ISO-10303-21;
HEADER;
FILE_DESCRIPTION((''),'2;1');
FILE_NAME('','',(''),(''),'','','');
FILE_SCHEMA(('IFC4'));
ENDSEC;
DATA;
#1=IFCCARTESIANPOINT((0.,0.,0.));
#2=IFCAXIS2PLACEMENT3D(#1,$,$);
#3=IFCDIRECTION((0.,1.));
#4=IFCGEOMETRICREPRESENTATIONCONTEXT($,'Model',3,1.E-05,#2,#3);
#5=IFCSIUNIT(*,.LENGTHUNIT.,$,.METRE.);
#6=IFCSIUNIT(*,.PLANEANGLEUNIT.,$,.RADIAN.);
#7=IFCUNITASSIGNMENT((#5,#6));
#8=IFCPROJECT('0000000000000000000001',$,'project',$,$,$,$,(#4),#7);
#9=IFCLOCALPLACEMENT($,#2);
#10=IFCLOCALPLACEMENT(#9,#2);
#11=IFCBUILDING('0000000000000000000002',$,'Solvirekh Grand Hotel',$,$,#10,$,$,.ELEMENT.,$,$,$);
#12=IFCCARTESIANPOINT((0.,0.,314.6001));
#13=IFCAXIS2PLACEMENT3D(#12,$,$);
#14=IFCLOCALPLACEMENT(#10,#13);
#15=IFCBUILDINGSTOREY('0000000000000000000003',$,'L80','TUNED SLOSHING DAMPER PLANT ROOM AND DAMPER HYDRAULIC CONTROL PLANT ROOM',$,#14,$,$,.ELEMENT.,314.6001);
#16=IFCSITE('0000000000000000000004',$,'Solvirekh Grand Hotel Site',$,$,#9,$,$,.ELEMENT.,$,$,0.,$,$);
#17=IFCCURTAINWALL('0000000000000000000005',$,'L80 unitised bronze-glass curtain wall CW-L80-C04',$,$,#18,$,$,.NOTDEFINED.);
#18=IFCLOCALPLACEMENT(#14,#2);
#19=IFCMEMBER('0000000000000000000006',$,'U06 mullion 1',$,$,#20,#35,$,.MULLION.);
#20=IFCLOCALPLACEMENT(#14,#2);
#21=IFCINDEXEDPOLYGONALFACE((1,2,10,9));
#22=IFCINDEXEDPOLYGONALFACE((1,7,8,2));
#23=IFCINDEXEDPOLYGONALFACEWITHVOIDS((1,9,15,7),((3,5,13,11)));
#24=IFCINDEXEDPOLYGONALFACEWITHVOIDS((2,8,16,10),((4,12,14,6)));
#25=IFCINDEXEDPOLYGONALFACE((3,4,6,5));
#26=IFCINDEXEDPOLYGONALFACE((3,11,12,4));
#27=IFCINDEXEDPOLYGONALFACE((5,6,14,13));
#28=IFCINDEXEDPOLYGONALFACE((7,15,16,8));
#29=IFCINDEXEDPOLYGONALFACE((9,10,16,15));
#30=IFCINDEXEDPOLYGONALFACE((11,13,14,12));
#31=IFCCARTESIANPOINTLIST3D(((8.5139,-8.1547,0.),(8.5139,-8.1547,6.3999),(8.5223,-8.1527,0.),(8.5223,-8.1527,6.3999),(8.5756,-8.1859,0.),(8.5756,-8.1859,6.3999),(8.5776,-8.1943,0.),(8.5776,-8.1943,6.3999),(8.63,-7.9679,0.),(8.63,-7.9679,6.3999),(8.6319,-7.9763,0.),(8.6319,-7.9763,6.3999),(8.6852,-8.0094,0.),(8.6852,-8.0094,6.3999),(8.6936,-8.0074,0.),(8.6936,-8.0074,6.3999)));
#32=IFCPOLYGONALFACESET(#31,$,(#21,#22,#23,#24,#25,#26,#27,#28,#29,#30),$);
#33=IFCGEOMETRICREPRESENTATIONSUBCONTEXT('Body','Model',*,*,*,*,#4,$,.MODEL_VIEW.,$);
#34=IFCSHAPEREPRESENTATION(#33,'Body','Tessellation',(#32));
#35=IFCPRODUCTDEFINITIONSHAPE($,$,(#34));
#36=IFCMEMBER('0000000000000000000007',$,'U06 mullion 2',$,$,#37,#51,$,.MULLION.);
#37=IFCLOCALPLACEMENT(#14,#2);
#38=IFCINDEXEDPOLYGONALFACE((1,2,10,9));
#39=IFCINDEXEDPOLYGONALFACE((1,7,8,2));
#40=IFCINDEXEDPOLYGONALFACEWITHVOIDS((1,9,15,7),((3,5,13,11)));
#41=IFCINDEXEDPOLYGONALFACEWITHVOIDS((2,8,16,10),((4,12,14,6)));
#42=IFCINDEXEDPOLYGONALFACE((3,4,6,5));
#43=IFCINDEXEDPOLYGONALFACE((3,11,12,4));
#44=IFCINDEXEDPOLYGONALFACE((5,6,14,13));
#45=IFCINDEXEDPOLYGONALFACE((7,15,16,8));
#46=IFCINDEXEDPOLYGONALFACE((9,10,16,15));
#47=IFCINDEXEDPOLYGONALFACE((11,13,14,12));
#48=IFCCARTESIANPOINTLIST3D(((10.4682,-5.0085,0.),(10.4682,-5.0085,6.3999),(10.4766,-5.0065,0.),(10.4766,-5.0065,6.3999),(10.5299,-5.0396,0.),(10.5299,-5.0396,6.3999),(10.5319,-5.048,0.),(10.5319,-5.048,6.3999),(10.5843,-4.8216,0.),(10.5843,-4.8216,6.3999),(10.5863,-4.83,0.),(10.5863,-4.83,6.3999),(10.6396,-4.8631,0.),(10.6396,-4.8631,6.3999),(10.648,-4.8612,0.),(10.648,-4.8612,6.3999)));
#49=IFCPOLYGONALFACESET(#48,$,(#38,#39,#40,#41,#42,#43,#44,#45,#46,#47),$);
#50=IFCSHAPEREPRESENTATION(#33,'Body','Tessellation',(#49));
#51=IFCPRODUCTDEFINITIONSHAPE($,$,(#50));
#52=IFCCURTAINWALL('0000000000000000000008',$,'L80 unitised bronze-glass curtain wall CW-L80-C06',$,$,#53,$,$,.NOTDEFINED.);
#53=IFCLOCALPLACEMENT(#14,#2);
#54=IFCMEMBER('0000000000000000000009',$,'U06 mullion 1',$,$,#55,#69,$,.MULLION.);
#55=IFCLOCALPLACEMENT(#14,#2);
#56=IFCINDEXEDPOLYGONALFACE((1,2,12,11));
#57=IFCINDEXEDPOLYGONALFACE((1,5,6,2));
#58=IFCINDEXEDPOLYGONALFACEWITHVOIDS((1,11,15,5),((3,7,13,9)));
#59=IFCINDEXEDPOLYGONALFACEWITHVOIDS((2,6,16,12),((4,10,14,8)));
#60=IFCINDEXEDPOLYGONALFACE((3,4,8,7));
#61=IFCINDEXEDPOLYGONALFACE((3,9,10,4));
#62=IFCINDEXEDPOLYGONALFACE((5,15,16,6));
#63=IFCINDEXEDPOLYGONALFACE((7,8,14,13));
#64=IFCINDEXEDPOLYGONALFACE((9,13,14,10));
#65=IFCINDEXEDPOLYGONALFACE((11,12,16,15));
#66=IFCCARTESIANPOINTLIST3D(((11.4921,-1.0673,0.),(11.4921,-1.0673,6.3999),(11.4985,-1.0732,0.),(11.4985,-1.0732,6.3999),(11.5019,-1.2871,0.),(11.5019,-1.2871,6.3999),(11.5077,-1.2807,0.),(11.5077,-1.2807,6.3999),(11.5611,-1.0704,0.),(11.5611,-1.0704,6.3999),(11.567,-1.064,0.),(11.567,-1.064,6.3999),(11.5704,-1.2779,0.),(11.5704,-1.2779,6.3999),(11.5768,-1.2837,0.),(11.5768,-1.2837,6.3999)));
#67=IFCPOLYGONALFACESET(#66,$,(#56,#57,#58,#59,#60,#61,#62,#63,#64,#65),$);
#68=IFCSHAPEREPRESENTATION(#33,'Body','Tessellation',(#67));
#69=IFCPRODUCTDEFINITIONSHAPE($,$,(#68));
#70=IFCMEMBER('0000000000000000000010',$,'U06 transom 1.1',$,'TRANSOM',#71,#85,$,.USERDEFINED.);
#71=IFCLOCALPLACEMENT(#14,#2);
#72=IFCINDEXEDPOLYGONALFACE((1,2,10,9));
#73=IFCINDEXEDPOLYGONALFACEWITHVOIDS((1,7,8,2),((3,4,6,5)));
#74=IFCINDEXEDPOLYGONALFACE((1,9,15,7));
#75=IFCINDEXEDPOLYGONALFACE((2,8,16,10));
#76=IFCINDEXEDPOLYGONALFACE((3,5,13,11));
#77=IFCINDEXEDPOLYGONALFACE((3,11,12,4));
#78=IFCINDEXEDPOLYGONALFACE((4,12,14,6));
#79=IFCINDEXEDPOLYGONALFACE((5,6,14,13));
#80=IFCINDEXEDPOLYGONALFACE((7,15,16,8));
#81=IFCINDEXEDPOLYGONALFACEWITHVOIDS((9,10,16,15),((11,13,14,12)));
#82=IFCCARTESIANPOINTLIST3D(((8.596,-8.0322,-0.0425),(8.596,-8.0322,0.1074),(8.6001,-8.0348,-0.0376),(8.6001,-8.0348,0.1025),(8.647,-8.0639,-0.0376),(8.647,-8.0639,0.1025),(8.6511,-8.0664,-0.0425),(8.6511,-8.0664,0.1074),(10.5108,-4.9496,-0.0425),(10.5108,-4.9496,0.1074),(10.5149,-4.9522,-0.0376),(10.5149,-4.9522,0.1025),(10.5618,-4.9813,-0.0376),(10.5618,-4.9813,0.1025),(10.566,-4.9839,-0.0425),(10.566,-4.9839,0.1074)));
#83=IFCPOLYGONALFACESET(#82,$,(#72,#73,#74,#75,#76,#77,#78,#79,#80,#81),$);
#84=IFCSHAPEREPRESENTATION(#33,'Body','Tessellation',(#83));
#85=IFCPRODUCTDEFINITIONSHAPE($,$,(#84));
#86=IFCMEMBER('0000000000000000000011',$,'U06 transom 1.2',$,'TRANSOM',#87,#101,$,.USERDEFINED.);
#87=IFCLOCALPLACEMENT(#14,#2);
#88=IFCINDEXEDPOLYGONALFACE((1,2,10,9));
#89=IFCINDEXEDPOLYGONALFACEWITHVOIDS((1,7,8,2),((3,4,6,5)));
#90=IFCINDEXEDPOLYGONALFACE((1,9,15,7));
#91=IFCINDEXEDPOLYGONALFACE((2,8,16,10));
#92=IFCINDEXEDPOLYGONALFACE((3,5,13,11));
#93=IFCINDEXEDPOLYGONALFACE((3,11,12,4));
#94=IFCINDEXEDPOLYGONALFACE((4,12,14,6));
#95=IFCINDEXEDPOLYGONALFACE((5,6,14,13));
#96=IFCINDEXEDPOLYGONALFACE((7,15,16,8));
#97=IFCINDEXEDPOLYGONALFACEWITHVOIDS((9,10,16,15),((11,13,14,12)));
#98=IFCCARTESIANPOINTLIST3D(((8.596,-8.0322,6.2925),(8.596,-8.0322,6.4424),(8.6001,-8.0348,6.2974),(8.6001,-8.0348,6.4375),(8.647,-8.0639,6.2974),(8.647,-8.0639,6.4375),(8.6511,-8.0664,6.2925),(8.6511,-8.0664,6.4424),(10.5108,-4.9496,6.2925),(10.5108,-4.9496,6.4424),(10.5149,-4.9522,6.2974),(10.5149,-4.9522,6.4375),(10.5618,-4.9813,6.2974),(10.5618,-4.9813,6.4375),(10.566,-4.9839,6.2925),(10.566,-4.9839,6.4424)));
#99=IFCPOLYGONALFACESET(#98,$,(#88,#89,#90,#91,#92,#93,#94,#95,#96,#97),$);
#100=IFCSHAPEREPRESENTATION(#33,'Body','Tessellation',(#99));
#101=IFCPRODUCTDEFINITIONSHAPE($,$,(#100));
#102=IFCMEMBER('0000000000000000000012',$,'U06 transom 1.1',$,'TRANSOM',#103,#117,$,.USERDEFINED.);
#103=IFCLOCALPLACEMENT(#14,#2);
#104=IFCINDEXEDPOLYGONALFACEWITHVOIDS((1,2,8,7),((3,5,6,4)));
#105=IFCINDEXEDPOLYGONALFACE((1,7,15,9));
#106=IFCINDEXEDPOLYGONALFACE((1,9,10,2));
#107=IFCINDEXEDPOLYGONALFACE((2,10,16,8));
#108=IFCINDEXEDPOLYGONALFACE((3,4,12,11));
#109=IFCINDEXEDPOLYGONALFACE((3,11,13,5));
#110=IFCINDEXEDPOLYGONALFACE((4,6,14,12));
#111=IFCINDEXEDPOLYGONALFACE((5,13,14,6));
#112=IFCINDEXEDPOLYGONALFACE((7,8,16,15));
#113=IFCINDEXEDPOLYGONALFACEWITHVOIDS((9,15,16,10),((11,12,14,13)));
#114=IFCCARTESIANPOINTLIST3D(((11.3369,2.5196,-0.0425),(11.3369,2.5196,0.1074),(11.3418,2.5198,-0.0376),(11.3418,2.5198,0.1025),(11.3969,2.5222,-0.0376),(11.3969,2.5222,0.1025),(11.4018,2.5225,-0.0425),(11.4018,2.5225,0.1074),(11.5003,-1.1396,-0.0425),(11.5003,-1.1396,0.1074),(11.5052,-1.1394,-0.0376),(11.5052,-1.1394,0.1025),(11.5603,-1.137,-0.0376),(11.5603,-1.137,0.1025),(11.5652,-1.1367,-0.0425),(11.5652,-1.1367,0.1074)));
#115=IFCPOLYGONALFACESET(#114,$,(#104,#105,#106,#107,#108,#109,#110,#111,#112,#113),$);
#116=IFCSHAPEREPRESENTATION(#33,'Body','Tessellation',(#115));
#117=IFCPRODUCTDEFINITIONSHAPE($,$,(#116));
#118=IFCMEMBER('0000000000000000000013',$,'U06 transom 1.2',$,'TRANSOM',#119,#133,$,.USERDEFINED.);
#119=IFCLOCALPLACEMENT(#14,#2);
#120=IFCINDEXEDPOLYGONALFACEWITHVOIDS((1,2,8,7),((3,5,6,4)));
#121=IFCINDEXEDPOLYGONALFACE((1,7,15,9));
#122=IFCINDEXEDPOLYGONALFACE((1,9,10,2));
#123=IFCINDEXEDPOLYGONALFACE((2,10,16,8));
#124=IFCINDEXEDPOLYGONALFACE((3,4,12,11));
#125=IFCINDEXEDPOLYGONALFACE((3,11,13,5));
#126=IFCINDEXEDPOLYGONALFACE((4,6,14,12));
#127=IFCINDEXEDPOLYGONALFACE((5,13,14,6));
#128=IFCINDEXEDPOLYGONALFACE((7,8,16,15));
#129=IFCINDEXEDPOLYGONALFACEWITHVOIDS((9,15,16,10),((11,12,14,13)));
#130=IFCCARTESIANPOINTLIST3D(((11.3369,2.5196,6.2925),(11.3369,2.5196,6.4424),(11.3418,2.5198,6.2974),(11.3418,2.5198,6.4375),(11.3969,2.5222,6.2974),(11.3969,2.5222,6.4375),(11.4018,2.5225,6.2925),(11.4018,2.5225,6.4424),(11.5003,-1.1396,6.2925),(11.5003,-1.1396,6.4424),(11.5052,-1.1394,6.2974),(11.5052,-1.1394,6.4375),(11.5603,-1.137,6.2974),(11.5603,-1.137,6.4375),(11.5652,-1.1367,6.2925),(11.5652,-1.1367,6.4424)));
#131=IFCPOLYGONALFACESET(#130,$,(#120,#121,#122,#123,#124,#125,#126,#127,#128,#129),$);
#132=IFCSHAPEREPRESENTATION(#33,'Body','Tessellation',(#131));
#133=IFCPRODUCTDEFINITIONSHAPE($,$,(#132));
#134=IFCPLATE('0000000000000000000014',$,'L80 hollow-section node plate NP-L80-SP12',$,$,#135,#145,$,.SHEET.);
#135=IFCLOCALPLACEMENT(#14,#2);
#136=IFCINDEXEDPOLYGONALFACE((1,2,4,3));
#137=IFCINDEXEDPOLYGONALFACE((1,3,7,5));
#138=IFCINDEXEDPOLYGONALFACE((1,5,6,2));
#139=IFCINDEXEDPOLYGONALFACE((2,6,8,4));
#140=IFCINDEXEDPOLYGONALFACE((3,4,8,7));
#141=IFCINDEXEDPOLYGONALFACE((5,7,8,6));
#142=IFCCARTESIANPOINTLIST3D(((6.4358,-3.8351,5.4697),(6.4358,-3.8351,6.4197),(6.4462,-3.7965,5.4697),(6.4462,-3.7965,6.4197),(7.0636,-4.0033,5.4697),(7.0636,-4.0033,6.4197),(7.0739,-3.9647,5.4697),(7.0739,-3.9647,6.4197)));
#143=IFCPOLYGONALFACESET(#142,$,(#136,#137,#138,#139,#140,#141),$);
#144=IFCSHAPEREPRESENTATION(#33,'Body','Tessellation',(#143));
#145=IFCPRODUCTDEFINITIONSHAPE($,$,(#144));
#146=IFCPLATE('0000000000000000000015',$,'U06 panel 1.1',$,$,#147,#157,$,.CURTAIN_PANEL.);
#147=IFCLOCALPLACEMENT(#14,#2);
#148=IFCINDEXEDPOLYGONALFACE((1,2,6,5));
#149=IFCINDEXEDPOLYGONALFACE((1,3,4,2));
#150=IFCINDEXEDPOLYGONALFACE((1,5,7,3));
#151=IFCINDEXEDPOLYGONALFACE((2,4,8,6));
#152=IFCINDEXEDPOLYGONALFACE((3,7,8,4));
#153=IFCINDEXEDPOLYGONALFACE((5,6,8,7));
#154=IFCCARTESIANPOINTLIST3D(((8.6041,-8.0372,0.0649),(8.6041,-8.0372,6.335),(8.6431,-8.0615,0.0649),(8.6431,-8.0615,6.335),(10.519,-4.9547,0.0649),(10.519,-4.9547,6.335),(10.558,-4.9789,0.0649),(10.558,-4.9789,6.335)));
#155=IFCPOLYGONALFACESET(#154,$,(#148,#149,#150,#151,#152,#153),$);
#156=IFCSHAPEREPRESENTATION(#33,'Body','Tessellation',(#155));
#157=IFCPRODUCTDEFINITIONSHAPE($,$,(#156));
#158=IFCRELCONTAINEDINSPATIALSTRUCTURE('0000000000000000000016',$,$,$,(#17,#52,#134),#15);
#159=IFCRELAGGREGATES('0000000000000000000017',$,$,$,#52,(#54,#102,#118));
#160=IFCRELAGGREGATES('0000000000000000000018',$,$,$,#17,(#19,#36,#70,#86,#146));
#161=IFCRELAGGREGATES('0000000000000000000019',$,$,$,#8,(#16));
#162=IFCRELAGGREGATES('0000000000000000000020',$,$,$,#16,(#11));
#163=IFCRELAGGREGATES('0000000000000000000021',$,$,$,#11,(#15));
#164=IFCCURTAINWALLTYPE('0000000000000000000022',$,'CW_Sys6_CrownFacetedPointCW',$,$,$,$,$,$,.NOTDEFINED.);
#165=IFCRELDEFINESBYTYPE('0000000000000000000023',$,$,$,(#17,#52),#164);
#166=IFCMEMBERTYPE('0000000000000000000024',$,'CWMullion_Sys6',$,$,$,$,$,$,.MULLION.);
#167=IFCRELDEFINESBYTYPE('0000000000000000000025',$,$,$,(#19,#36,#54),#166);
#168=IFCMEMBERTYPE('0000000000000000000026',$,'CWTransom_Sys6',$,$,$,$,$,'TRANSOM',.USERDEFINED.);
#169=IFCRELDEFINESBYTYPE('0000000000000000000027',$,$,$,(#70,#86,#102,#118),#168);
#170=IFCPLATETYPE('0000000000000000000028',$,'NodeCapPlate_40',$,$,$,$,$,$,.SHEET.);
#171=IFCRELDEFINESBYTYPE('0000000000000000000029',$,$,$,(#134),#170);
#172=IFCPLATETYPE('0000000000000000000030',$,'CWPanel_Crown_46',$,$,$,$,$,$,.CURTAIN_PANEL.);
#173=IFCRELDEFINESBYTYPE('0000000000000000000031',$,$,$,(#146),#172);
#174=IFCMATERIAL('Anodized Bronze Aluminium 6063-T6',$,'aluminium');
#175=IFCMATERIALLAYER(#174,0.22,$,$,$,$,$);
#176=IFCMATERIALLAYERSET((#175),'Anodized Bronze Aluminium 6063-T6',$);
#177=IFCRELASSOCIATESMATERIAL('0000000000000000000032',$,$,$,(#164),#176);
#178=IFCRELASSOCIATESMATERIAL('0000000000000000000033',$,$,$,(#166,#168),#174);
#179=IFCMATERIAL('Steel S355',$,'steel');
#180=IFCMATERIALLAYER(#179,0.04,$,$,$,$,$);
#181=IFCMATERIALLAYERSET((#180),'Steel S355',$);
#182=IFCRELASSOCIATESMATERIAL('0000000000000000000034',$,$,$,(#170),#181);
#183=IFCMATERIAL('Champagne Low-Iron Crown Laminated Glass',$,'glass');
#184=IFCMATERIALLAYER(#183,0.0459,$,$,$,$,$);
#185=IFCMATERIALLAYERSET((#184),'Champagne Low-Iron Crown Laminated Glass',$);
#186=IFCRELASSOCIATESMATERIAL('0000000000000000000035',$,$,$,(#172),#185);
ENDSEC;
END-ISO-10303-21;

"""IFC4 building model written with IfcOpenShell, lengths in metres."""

from ifc_helpers import new_model, si_unit, direction, frame, origin, origin_2d, place, context, subcontext, project, spatial, rectangle, hollow_rectangle, extrude, source, transform, mapped, material, layer, layer_set, material_profile, profile_set, type_object, element, aggregate, save


model = new_model("IFC4")

# Units and contexts
model_context = context("Model", 3, precision=1e-05, world=origin(), true_north=direction((0.0, 1.0)))
body_context = subcontext(model_context, "Body", "Model", "MODEL_VIEW")
ifc_project = project(units=[si_unit("LENGTHUNIT", "METRE"), si_unit("PLANEANGLEUNIT", "RADIAN")], contexts=[model_context])

# Site, building, storey
site_placement = place(None, origin())
site = spatial("IfcSite", under=ifc_project, at=site_placement, Name="Solvirekh Grand Hotel Site", CompositionType="ELEMENT", RefElevation=0.0)
building_placement = place(site_placement, origin())
building = spatial("IfcBuilding", under=site, at=building_placement, Name="Solvirekh Grand Hotel", CompositionType="ELEMENT")
storey_placement = place(building_placement, frame((0.0, 0.0, 314.6001)))
storey = spatial("IfcBuildingStorey", under=building, at=storey_placement, Name="L80", Description="TUNED SLOSHING DAMPER PLANT ROOM AND DAMPER HYDRAULIC CONTROL PLANT ROOM", CompositionType="ELEMENT", Elevation=314.6001)

# Shared definitions
ifc_material_1 = material(Name="Steel S355", Category="steel")

# Shared definitions
ifc_material_2 = material(Name="Anodized Bronze Aluminium 6063-T6", Category="aluminium")
ifc_layer_1 = layer(ifc_material_2, 0.22)
ifc_layer_set_1 = layer_set([ifc_layer_1], Name="Anodized Bronze Aluminium 6063-T6")
curtain_wall_type = type_object("IfcCurtainWallType", Name="CW_Sys6_CrownFacetedPointCW", PredefinedType="NOTDEFINED", material=ifc_layer_set_1)
ifc_material_profile_1 = material_profile(ifc_material_2, hollow_rectangle(XDim=0.075, YDim=0.22, WallThickness=0.0061, at=origin_2d()), Name="ALU RHS 220X75X6")
ifc_profile_set_1 = profile_set([ifc_material_profile_1], Name="Anodized Bronze Aluminium 6063-T6")
member_type_1 = type_object("IfcMemberType", Name="CWMullion_Sys6", PredefinedType="MULLION", material=ifc_profile_set_1)
shared_shape_1 = source(origin(), body_context, "Body", "SweptSolid", [
    extrude(hollow_rectangle(XDim=0.075, YDim=0.22, WallThickness=0.0061, at=origin_2d()), origin(), (0.0, 0.0, 1.0), 6.3999),
])

# Curtain wall, members
curtain_wall_1_placement = place(storey_placement, origin())
curtain_wall_1 = element("IfcCurtainWall", 1, at=curtain_wall_1_placement, inside=storey, type_object=curtain_wall_type, Name="L80 unitised bronze-glass curtain wall CW-L80-C04", PredefinedType="NOTDEFINED")
member_1_placement = place(storey_placement, frame((8.6038, -8.0811, 0.0), z_axis=(0.0, 0.0, 1.0), x_axis=(-0.849452, 0.527666, 0.0)))
member_1 = element("IfcMember", 2, at=member_1_placement, type_object=member_type_1, Name="U06 mullion 1", PredefinedType="MULLION", context=body_context, shape_type="MappedRepresentation", body=[
    mapped(shared_shape_1, transform((0.0, 0.0, 0.0), x_axis=(1.0, 0.0, 0.0), y_axis=(0.0, 1.0, 0.0), z_axis=(0.0, 0.0, 1.0), scale=1.0)),
])
member_2_placement = place(storey_placement, frame((10.5581, -4.9348, 0.0), z_axis=(0.0, 0.0, 1.0), x_axis=(-0.849452, 0.527666, 0.0)))
member_2 = element("IfcMember", 3, at=member_2_placement, type_object=member_type_1, Name="U06 mullion 2", PredefinedType="MULLION", context=body_context, shape_type="MappedRepresentation", body=[
    mapped(shared_shape_1, transform((0.0, 0.0, 0.0), x_axis=(1.0, 0.0, 0.0), y_axis=(0.0, 1.0, 0.0), z_axis=(0.0, 0.0, 1.0), scale=1.0)),
])

# Curtain wall, member
curtain_wall_2_placement = place(storey_placement, origin())
curtain_wall_2 = element("IfcCurtainWall", 4, at=curtain_wall_2_placement, inside=storey, type_object=curtain_wall_type, Name="L80 unitised bronze-glass curtain wall CW-L80-C06", PredefinedType="NOTDEFINED")
member_3_placement = place(storey_placement, frame((11.5344, -1.1755, 0.0), z_axis=(0.0, 0.0, 1.0), x_axis=(-0.999006, -0.044587, 0.0)))
member_3 = element("IfcMember", 5, at=member_3_placement, type_object=member_type_1, Name="U06 mullion 1", PredefinedType="MULLION", context=body_context, shape_type="MappedRepresentation", body=[
    mapped(shared_shape_1, transform((0.0, 0.0, 0.0), x_axis=(1.0, 0.0, 0.0), y_axis=(0.0, 1.0, 0.0), z_axis=(0.0, 0.0, 1.0), scale=1.0)),
])

# Members
ifc_material_profile_2 = material_profile(ifc_material_2, hollow_rectangle(XDim=0.0649, YDim=0.1499, WallThickness=0.0049, at=origin_2d()), Name="ALU RHS 150X65X5")
ifc_profile_set_2 = profile_set([ifc_material_profile_2], Name="Anodized Bronze Aluminium 6063-T6")
member_type_2 = type_object("IfcMemberType", Name="CWTransom_Sys6", ElementType="TRANSOM", PredefinedType="USERDEFINED", material=ifc_profile_set_2)
shared_shape_2 = source(origin(), body_context, "Body", "SweptSolid", [
    extrude(hollow_rectangle(XDim=0.0649, YDim=0.1499, WallThickness=0.0049, at=origin_2d()), origin(), (0.0, 0.0, 1.0), 3.6289),
])
member_4_placement = place(storey_placement, frame((8.6235, -8.0493, 0.0325), z_axis=(0.527663, 0.849454, 0.0), x_axis=(-0.849454, 0.527663, 0.0)))
member_4 = element("IfcMember", 6, at=member_4_placement, type_object=member_type_2, Name="U06 transom 1.1", ObjectType="TRANSOM", PredefinedType="USERDEFINED", context=body_context, shape_type="MappedRepresentation", body=[
    mapped(shared_shape_2, transform((0.0, 0.0, 0.0), x_axis=(1.0, 0.0, 0.0), y_axis=(0.0, 1.0, 0.0), z_axis=(0.0, 0.0, 1.0), scale=1.0)),
])
member_5_placement = place(storey_placement, frame((8.6235, -8.0493, 6.3674), z_axis=(0.527663, 0.849454, 0.0), x_axis=(-0.849454, 0.527663, 0.0)))
member_5 = element("IfcMember", 7, at=member_5_placement, type_object=member_type_2, Name="U06 transom 1.2", ObjectType="TRANSOM", PredefinedType="USERDEFINED", context=body_context, shape_type="MappedRepresentation", body=[
    mapped(shared_shape_2, transform((0.0, 0.0, 0.0), x_axis=(1.0, 0.0, 0.0), y_axis=(0.0, 1.0, 0.0), z_axis=(0.0, 0.0, 1.0), scale=1.0)),
])
shared_shape_3 = source(origin(), body_context, "Body", "SweptSolid", [
    extrude(hollow_rectangle(XDim=0.0649, YDim=0.1499, WallThickness=0.0049, at=origin_2d()), origin(), (0.0, 0.0, 1.0), 3.6628),
])
member_6_placement = place(storey_placement, frame((11.5327, -1.1382, 0.0325), z_axis=(-0.044591, 0.999005, 0.0), x_axis=(-0.999005, -0.044591, 0.0)))
member_6 = element("IfcMember", 8, at=member_6_placement, type_object=member_type_2, Name="U06 transom 1.1", ObjectType="TRANSOM", PredefinedType="USERDEFINED", context=body_context, shape_type="MappedRepresentation", body=[
    mapped(shared_shape_3, transform((0.0, 0.0, 0.0), x_axis=(1.0, 0.0, 0.0), y_axis=(0.0, 1.0, 0.0), z_axis=(0.0, 0.0, 1.0), scale=1.0)),
])
member_7_placement = place(storey_placement, frame((11.5327, -1.1382, 6.3674), z_axis=(-0.044591, 0.999005, 0.0), x_axis=(-0.999005, -0.044591, 0.0)))
member_7 = element("IfcMember", 9, at=member_7_placement, type_object=member_type_2, Name="U06 transom 1.2", ObjectType="TRANSOM", PredefinedType="USERDEFINED", context=body_context, shape_type="MappedRepresentation", body=[
    mapped(shared_shape_3, transform((0.0, 0.0, 0.0), x_axis=(1.0, 0.0, 0.0), y_axis=(0.0, 1.0, 0.0), z_axis=(0.0, 0.0, 1.0), scale=1.0)),
])
aggregate(curtain_wall_2, [member_3, member_6, member_7])

# Plates
ifc_layer_2 = layer(ifc_material_1, 0.04)
ifc_layer_set_2 = layer_set([ifc_layer_2], Name="Steel S355")
plate_type_1 = type_object("IfcPlateType", Name="NodeCapPlate_40", PredefinedType="SHEET", material=ifc_layer_set_2)
plate_1_placement = place(storey_placement, frame((6.7549, -3.8999, 5.4697), z_axis=(0.0, 0.0, 1.0), x_axis=(0.258819, 0.965926, 0.0)))
element("IfcPlate", 10, at=plate_1_placement, inside=storey, type_object=plate_type_1, Name="L80 hollow-section node plate NP-L80-SP12", PredefinedType="SHEET", context=body_context, shape_type="SweptSolid", body=[
    extrude(rectangle(XDim=0.04, YDim=0.6499, at=origin_2d()), origin(), (0.0, 0.0, 1.0), 0.95),
])
ifc_material_3 = material(Name="Champagne Low-Iron Crown Laminated Glass", Category="glass")
ifc_layer_3 = layer(ifc_material_3, 0.0459)
ifc_layer_set_3 = layer_set([ifc_layer_3], Name="Champagne Low-Iron Crown Laminated Glass")
plate_type_2 = type_object("IfcPlateType", Name="CWPanel_Crown_46", PredefinedType="CURTAIN_PANEL", material=ifc_layer_set_3)
shared_shape_4 = source(origin(), body_context, "Body", "SweptSolid", [
    extrude(rectangle(XDim=3.6289, YDim=0.0459, at=origin_2d()), origin(), (0.0, 0.0, 1.0), 6.27),
])
plate_2_placement = place(storey_placement, frame((9.5811, -6.5081, 0.0649), z_axis=(0.0, 0.0, 1.0), x_axis=(0.527666, 0.849452, 0.0)))
plate_2 = element("IfcPlate", 11, at=plate_2_placement, type_object=plate_type_2, Name="U06 panel 1.1", PredefinedType="CURTAIN_PANEL", context=body_context, shape_type="MappedRepresentation", body=[
    mapped(shared_shape_4, transform((0.0, 0.0, 0.0), x_axis=(1.0, 0.0, 0.0), y_axis=(0.0, 1.0, 0.0), z_axis=(0.0, 0.0, 1.0), scale=1.0)),
])
aggregate(curtain_wall_1, [member_1, member_2, member_4, member_5, plate_2])

save(model, "model.ifc")
